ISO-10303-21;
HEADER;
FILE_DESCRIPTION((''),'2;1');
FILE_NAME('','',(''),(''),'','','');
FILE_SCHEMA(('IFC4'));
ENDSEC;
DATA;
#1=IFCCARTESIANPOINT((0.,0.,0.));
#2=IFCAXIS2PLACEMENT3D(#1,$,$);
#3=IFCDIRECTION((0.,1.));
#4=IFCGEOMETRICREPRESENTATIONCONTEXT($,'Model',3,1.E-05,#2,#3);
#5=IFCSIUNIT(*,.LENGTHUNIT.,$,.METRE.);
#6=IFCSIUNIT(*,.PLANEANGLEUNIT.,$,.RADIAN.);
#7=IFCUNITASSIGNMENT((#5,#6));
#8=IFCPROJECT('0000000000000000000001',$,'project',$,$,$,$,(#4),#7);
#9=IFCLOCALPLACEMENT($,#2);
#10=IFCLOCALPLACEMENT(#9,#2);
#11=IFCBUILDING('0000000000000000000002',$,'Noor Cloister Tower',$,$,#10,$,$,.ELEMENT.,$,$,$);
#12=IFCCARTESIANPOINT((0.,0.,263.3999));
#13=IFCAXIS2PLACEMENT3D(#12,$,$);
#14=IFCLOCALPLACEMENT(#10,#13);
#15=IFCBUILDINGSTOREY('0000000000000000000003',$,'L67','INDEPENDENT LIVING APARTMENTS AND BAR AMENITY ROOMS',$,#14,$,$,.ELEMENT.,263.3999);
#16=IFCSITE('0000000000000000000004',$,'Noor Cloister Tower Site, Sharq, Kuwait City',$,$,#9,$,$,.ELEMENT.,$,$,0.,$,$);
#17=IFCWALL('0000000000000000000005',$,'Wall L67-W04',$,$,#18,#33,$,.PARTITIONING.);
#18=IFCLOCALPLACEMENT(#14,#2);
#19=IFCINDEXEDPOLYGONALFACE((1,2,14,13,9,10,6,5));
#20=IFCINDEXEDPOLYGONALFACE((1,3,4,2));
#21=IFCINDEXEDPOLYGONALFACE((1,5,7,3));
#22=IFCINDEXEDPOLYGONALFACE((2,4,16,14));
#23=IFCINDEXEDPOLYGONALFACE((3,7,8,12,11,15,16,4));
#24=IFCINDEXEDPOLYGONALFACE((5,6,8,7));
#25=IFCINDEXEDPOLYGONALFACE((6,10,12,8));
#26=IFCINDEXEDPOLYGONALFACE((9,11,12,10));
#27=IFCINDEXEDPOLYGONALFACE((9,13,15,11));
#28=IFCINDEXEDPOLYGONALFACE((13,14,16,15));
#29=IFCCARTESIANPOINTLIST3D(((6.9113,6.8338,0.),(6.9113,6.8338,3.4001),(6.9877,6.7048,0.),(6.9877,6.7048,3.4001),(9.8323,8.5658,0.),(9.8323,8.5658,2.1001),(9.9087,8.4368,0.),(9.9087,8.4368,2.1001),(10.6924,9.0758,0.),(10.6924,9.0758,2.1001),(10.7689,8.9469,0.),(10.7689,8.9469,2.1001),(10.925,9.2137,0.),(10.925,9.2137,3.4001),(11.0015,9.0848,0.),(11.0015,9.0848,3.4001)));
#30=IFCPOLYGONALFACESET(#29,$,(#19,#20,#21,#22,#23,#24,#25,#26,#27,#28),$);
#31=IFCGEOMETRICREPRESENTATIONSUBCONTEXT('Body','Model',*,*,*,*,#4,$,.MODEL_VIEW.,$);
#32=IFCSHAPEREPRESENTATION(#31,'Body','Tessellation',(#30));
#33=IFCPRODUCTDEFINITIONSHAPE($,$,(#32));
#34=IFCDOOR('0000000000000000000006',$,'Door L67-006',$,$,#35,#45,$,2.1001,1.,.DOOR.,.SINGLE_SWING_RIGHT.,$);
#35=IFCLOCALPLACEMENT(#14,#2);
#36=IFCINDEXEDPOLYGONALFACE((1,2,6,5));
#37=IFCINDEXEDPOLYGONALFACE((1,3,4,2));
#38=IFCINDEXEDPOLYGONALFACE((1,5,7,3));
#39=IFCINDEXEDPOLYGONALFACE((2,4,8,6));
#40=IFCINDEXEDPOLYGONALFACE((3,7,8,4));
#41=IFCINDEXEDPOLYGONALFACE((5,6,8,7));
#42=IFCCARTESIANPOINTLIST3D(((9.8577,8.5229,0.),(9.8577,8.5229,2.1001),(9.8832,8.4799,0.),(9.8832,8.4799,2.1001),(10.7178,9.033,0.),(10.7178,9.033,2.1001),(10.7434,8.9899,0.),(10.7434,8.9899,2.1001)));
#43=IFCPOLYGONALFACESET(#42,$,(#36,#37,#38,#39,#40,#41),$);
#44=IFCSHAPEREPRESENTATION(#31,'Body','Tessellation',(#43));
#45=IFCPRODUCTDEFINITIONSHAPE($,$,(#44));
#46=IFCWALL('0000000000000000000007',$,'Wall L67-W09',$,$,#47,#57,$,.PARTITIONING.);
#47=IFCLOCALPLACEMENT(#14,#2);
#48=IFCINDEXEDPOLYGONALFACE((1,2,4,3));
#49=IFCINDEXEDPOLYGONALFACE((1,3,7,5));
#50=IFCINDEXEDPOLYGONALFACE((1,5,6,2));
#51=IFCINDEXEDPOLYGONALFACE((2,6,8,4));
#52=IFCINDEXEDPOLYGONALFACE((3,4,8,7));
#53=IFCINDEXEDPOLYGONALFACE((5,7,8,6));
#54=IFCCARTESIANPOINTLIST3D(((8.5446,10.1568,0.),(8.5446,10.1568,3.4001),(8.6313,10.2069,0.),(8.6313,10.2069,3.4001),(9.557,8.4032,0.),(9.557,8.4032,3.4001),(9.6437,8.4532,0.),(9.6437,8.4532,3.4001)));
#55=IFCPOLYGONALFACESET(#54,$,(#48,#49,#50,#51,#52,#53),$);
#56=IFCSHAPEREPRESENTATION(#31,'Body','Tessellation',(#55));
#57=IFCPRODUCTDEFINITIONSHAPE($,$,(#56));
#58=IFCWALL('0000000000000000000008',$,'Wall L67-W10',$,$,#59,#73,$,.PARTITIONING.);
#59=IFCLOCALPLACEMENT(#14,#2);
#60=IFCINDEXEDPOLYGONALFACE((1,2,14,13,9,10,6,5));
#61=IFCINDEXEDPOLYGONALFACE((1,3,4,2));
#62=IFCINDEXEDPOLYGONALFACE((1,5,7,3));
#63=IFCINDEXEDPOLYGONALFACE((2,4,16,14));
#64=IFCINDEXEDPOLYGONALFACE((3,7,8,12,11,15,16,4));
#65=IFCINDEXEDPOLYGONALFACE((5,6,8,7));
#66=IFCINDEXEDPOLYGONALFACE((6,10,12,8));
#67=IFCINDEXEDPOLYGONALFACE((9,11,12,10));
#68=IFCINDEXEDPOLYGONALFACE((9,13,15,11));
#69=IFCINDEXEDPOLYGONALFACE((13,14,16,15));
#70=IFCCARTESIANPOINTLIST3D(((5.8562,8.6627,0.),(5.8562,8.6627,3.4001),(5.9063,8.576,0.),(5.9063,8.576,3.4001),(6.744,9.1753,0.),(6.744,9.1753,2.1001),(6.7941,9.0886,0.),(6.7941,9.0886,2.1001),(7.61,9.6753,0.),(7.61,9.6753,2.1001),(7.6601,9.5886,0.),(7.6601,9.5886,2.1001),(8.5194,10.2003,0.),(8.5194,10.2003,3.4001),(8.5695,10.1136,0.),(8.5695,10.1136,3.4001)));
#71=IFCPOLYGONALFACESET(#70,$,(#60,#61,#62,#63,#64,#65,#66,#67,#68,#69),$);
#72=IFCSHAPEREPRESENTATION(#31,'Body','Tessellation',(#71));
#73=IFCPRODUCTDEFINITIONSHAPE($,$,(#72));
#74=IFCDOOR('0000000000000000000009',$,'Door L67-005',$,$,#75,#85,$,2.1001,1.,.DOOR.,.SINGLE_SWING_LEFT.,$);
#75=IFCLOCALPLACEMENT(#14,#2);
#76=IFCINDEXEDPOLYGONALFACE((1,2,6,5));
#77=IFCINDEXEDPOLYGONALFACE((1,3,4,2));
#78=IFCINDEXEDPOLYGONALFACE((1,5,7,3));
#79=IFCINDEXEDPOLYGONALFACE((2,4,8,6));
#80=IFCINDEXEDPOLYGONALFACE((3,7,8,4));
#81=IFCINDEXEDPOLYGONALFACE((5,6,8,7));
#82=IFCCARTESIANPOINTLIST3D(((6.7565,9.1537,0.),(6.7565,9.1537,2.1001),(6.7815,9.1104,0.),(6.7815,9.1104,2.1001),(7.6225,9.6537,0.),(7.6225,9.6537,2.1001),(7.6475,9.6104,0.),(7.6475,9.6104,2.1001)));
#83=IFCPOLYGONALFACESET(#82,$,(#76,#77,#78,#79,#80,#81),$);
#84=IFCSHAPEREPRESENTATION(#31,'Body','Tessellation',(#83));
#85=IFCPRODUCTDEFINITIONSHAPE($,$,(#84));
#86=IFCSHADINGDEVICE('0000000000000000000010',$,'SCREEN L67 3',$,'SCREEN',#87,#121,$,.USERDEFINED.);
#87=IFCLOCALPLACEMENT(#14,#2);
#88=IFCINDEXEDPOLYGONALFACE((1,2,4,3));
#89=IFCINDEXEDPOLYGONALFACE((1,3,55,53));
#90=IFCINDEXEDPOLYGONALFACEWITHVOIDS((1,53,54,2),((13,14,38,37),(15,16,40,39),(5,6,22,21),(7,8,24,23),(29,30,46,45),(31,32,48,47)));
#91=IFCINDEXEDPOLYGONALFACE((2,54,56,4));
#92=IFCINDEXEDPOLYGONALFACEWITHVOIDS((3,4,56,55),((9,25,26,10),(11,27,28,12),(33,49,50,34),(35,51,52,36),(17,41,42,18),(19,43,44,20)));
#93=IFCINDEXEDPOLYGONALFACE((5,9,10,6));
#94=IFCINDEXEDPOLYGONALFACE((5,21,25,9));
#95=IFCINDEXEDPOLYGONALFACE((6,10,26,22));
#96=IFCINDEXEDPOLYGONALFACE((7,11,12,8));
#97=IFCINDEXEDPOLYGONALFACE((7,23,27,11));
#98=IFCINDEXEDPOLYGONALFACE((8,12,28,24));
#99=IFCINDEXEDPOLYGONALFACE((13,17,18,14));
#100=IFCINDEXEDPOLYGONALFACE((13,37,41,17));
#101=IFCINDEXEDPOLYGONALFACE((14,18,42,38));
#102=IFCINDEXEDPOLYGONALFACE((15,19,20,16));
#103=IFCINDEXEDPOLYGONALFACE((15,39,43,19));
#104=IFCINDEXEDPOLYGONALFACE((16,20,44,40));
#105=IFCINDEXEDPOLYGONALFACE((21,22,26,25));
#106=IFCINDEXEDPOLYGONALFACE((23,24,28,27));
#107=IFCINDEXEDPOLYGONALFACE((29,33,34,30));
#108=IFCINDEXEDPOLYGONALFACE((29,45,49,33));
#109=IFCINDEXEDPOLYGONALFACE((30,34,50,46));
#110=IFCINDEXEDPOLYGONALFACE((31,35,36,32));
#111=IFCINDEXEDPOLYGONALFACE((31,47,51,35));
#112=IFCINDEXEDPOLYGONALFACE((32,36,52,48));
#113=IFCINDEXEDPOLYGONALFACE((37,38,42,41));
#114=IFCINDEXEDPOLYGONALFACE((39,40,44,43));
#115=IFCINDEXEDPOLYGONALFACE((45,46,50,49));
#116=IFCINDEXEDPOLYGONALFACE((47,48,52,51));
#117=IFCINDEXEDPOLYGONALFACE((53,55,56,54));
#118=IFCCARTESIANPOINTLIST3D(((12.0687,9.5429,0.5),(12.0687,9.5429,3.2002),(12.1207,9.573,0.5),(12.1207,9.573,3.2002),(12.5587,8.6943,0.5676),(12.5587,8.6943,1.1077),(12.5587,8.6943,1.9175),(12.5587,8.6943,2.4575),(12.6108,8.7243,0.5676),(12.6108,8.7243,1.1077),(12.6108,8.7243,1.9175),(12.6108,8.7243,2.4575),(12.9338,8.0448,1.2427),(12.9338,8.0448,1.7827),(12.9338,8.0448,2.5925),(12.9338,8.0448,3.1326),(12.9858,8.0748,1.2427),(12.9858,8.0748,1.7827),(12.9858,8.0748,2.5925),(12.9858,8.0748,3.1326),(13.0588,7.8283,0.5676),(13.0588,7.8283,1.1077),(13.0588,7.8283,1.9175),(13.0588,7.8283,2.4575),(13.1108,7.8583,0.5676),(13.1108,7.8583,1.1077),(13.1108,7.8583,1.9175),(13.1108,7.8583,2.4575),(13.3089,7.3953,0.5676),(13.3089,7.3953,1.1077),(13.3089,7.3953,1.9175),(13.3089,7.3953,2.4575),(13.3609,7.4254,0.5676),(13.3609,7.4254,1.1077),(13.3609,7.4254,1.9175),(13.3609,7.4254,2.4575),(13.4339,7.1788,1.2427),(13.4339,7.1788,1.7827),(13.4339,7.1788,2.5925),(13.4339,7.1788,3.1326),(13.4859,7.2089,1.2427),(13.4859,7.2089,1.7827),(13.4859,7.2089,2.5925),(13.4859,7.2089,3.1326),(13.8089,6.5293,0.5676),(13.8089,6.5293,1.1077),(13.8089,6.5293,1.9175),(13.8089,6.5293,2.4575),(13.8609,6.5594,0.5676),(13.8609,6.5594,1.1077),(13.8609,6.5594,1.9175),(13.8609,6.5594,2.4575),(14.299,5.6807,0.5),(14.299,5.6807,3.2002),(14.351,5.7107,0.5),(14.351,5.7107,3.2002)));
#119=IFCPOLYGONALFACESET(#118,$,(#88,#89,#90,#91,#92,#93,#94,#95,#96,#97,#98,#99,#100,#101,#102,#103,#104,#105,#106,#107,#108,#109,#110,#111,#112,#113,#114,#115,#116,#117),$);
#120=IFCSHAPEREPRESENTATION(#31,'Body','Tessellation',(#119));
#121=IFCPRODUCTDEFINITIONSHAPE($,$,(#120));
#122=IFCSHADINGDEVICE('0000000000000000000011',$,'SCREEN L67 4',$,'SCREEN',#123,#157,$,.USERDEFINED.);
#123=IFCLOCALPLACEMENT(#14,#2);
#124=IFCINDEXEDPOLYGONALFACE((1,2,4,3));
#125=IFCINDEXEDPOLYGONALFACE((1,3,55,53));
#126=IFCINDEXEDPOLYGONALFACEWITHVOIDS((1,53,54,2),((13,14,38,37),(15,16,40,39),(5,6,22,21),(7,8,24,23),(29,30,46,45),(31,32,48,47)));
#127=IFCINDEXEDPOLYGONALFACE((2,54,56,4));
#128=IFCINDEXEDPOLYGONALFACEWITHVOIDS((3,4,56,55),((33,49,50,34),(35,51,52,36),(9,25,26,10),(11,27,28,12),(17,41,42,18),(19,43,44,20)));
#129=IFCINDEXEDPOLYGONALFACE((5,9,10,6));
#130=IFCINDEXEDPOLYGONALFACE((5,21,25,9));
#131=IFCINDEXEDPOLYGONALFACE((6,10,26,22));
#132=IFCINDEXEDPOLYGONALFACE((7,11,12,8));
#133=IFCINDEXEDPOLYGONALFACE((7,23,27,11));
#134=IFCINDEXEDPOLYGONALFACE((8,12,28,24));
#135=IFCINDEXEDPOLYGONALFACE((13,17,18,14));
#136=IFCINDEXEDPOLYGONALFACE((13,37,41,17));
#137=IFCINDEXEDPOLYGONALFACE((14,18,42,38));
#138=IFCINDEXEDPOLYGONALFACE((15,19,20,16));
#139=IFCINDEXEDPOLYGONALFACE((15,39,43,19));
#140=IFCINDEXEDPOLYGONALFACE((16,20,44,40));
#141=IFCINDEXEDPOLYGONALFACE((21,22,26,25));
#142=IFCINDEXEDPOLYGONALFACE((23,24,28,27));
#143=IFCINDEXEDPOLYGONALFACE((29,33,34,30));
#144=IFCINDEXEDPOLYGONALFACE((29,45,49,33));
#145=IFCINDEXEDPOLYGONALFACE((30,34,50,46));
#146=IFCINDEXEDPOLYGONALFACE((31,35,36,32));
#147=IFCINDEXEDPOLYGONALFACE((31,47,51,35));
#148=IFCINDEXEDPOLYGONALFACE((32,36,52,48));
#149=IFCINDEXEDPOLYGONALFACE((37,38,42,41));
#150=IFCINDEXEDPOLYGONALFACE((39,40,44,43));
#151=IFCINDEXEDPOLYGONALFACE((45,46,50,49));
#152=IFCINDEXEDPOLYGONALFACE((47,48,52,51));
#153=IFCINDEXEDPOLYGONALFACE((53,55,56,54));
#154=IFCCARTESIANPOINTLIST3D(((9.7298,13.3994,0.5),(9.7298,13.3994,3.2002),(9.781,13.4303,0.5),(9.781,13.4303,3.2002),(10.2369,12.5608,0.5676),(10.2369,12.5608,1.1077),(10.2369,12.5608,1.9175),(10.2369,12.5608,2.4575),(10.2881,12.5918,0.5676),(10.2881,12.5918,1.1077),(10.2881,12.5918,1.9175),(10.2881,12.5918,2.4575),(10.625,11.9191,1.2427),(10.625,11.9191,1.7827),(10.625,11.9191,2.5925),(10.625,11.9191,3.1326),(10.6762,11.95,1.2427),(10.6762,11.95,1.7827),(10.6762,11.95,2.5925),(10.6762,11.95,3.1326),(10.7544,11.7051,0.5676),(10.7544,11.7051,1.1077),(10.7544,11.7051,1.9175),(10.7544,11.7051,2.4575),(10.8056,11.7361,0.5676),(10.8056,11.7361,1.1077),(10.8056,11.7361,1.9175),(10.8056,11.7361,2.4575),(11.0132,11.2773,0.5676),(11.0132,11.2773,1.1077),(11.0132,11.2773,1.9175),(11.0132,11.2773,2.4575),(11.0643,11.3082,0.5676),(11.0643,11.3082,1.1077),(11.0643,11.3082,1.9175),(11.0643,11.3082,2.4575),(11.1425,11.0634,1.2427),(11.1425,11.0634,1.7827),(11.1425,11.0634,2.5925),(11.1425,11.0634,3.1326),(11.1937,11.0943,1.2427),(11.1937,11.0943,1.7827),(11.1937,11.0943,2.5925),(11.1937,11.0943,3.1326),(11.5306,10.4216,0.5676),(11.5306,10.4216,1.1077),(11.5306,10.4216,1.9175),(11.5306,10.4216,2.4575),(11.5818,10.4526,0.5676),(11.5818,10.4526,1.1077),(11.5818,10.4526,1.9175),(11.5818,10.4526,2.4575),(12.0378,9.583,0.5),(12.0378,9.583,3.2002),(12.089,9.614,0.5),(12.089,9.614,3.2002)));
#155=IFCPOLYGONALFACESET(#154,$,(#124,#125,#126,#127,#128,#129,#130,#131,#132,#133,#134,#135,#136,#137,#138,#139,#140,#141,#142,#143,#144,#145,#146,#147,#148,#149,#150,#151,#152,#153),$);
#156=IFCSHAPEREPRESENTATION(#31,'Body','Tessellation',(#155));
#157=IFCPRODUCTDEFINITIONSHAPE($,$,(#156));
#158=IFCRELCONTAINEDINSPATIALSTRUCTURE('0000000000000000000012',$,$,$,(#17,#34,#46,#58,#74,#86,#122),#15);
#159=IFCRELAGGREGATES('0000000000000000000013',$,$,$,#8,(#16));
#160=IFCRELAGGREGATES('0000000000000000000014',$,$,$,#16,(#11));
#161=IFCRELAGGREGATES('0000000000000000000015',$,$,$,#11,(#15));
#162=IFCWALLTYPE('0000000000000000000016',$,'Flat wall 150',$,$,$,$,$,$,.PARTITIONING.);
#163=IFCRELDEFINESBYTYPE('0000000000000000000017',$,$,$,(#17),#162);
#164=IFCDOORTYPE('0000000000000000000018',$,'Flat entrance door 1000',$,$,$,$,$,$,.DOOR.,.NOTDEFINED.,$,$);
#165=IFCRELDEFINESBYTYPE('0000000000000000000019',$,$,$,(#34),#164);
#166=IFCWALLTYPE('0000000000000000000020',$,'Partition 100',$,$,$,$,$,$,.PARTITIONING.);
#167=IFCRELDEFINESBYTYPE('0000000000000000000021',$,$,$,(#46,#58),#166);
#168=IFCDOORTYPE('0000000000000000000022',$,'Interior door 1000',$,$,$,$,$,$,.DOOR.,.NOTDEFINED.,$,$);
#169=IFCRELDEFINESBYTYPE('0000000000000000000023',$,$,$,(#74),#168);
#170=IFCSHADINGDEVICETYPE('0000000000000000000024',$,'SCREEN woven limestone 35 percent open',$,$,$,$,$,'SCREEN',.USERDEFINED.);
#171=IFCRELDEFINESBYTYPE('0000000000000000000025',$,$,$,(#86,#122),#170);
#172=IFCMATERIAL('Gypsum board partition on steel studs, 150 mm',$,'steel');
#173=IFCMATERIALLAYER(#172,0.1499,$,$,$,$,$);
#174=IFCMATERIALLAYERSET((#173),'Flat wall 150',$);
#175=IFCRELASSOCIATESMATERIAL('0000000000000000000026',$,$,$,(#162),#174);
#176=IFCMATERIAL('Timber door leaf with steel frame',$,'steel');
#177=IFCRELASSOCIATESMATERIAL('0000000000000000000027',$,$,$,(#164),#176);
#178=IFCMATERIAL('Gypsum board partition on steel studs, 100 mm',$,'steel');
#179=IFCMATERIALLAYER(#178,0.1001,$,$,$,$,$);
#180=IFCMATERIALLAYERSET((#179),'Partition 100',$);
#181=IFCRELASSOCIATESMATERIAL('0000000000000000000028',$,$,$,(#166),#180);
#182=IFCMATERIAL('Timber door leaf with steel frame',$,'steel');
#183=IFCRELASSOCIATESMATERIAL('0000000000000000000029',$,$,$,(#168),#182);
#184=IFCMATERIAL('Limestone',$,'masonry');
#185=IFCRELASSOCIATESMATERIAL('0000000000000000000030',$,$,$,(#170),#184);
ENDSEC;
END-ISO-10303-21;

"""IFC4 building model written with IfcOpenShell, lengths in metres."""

from ifc_helpers import new_model, si_unit, direction, frame, frame_2d, origin, place, context, subcontext, project, spatial, polyline, rectangle, outline, extrude, material, layer, layer_set, material_profile, profile_set, type_object, element, fill, save


model = new_model("IFC4")

# Units and contexts
model_context = context("Model", 3, precision=1e-05, world=origin(), true_north=direction((0.0, 1.0)))
body_context = subcontext(model_context, "Body", "Model", "MODEL_VIEW")
ifc_project = project(units=[si_unit("LENGTHUNIT", "METRE"), si_unit("PLANEANGLEUNIT", "RADIAN")], contexts=[model_context])

# Site, building, storey
site_placement = place(None, origin())
site = spatial("IfcSite", under=ifc_project, at=site_placement, Name="Noor Cloister Tower Site, Sharq, Kuwait City", CompositionType="ELEMENT", RefElevation=0.0)
building_placement = place(site_placement, origin())
building = spatial("IfcBuilding", under=site, at=building_placement, Name="Noor Cloister Tower", CompositionType="ELEMENT")
storey_placement = place(building_placement, frame((0.0, 0.0, 263.3999)))
storey = spatial("IfcBuildingStorey", under=building, at=storey_placement, Name="L67", Description="INDEPENDENT LIVING APARTMENTS AND BAR AMENITY ROOMS", CompositionType="ELEMENT", Elevation=263.3999)

# Wall, opening, door
ifc_material_1 = material(Name="Gypsum board partition on steel studs, 150 mm", Category="steel")
ifc_layer_1 = layer(ifc_material_1, 0.1499)
ifc_layer_set_1 = layer_set([ifc_layer_1], Name="Flat wall 150")
wall_type_1 = type_object("IfcWallType", Name="Flat wall 150", PredefinedType="PARTITIONING", material=ifc_layer_set_1)
wall_1_placement = place(storey_placement, frame((10.9631, 9.1492, 0.0), z_axis=(0.0, 0.0, 1.0), x_axis=(-0.860159, -0.510026, 0.0)))
wall_1 = element("IfcWall", 1, at=wall_1_placement, inside=storey, type_object=wall_type_1, Name="Wall L67-W04", PredefinedType="PARTITIONING", context=body_context, shape_type="SweptSolid", body=[
    extrude(rectangle(XDim=4.6663, YDim=0.1499, at=frame_2d((2.333, 0.0))), origin(), (0.0, 0.0, 1.0), 3.4001),
])
opening_1_placement = place(wall_1_placement, frame((0.2703, 0.0, 0.0)))
opening_1 = element("IfcOpeningElement", 2, at=opening_1_placement, cuts=wall_1, PredefinedType="OPENING", context=body_context, shape_type="SweptSolid", body=[
    extrude(rectangle(XDim=1.0, YDim=2.1001, at=frame_2d((0.5, 1.05))), frame((0.0, 0.085, 0.0), z_axis=(0.0, -1.0, 0.0), x_axis=(1.0, 0.0, 0.0)), (0.0, 0.0, 1.0), 0.1699),
])
ifc_material_2 = material(Name="Timber door leaf with steel frame", Category="steel")
door_type_1 = type_object("IfcDoorType", Name="Flat entrance door 1000", OperationType="NOTDEFINED", PredefinedType="DOOR", material=ifc_material_2)
door_1_placement = place(opening_1_placement, origin())
door_1 = element("IfcDoor", 3, at=door_1_placement, inside=storey, type_object=door_type_1, Name="Door L67-006", OperationType="SINGLE_SWING_RIGHT", OverallHeight=2.1001, OverallWidth=1.0, PredefinedType="DOOR", context=body_context, shape_type="SweptSolid", body=[
    extrude(rectangle(XDim=1.0, YDim=2.1001, at=frame_2d((0.5, 1.05))), frame((0.0, 0.0249, 0.0), z_axis=(0.0, -1.0, 0.0), x_axis=(1.0, 0.0, 0.0)), (0.0, 0.0, 1.0), 0.05),
])
fill(opening_1, door_1)

# Wall
ifc_material_3 = material(Name="Gypsum board partition on steel studs, 100 mm", Category="steel")
ifc_layer_2 = layer(ifc_material_3, 0.1001)
ifc_layer_set_2 = layer_set([ifc_layer_2], Name="Partition 100")
wall_type_2 = type_object("IfcWallType", Name="Partition 100", PredefinedType="PARTITIONING", material=ifc_layer_set_2)
wall_2_placement = place(storey_placement, frame((9.6003, 8.4282, 0.0), z_axis=(0.0, 0.0, 1.0), x_axis=(-0.49999, 0.866031, 0.0)))
element("IfcWall", 4, at=wall_2_placement, inside=storey, type_object=wall_type_2, Name="Wall L67-W09", PredefinedType="PARTITIONING", context=body_context, shape_type="SweptSolid", body=[
    extrude(rectangle(XDim=2.0249, YDim=0.1001, at=frame_2d((1.0125, 0.0))), origin(), (0.0, 0.0, 1.0), 3.4001),
])

# Wall, opening, door
wall_3_placement = place(storey_placement, frame((8.5444, 10.157, 0.0), z_axis=(0.0, 0.0, 1.0), x_axis=(-0.866016, -0.500016, 0.0)))
wall_3 = element("IfcWall", 5, at=wall_3_placement, inside=storey, type_object=wall_type_2, Name="Wall L67-W10", PredefinedType="PARTITIONING", context=body_context, shape_type="SweptSolid", body=[
    extrude(rectangle(XDim=3.0752, YDim=0.1001, at=frame_2d((1.5376, 0.0))), origin(), (0.0, 0.0, 1.0), 3.4001),
])
opening_2_placement = place(wall_3_placement, frame((1.05, 0.0, 0.0)))
opening_2 = element("IfcOpeningElement", 6, at=opening_2_placement, cuts=wall_3, PredefinedType="OPENING", context=body_context, shape_type="SweptSolid", body=[
    extrude(rectangle(XDim=1.0, YDim=2.1001, at=frame_2d((0.5, 1.05))), frame((0.0, 0.0601, 0.0), z_axis=(0.0, -1.0, 0.0), x_axis=(1.0, 0.0, 0.0)), (0.0, 0.0, 1.0), 0.1201),
])
ifc_material_4 = material(Name="Timber door leaf with steel frame", Category="steel")
door_type_2 = type_object("IfcDoorType", Name="Interior door 1000", OperationType="NOTDEFINED", PredefinedType="DOOR", material=ifc_material_4)
door_2_placement = place(opening_2_placement, origin())
door_2 = element("IfcDoor", 7, at=door_2_placement, inside=storey, type_object=door_type_2, Name="Door L67-005", OperationType="SINGLE_SWING_LEFT", OverallHeight=2.1001, OverallWidth=1.0, PredefinedType="DOOR", context=body_context, shape_type="SweptSolid", body=[
    extrude(rectangle(XDim=1.0, YDim=2.1001, at=frame_2d((0.5, 1.05))), frame((0.0, 0.0249, 0.0), z_axis=(0.0, -1.0, 0.0), x_axis=(1.0, 0.0, 0.0)), (0.0, 0.0, 1.0), 0.05),
])
fill(opening_2, door_2)

# Shading devices
ifc_material_5 = material(Name="Limestone", Category="masonry")
ifc_material_profile_1 = material_profile(ifc_material_5, outline(polyline([(-2.23, -1.3501), (2.23, -1.3501), (2.23, 1.3501), (-2.23, 1.3501), (-2.23, -1.3501)]), holes=[polyline([(-1.25, -1.2825), (-0.25, -1.2825), (-0.25, -0.7424), (-1.25, -0.7424), (-1.25, -1.2825)]), polyline([(0.25, -1.2825), (1.25, -1.2825), (1.25, -0.7424), (0.25, -0.7424), (0.25, -1.2825)]), polyline([(-0.5, -0.6074), (0.5, -0.6074), (0.5, -0.0674), (-0.5, -0.0674), (-0.5, -0.6074)]), polyline([(-1.25, 0.0674), (-0.25, 0.0674), (-0.25, 0.6074), (-1.25, 0.6074), (-1.25, 0.0674)]), polyline([(0.25, 0.0674), (1.25, 0.0674), (1.25, 0.6074), (0.25, 0.6074), (0.25, 0.0674)]), polyline([(-0.5, 0.7424), (0.5, 0.7424), (0.5, 1.2825), (-0.5, 1.2825), (-0.5, 0.7424)])]), Name="Woven screen 35 percent open")
ifc_profile_set_1 = profile_set([ifc_material_profile_1], Name="Limestone")
shading_device_type = type_object("IfcShadingDeviceType", Name="SCREEN woven limestone 35 percent open", ElementType="SCREEN", PredefinedType="USERDEFINED", material=ifc_profile_set_1)
shading_device_placement = place(storey_placement, frame((13.1838, 7.6118, 1.8501), z_axis=(0.865982, 0.500074, 0.0), x_axis=(-0.500074, 0.865982, 0.0)))
element("IfcShadingDevice", 8, at=shading_device_placement, inside=storey, type_object=shading_device_type, Name="SCREEN L67 3", ObjectType="SCREEN", PredefinedType="USERDEFINED", context=body_context, shape_type="SweptSolid", body=[
    extrude(outline(polyline([(-2.23, -1.3501), (2.23, -1.3501), (2.23, 1.3501), (-2.23, 1.3501), (-2.23, -1.3501)]), holes=[polyline([(-1.25, -1.2825), (-0.25, -1.2825), (-0.25, -0.7424), (-1.25, -0.7424), (-1.25, -1.2825)]), polyline([(0.25, -1.2825), (1.25, -1.2825), (1.25, -0.7424), (0.25, -0.7424), (0.25, -1.2825)]), polyline([(-0.5, -0.6074), (0.5, -0.6074), (0.5, -0.0674), (-0.5, -0.0674), (-0.5, -0.6074)]), polyline([(-1.25, 0.0674), (-0.25, 0.0674), (-0.25, 0.6074), (-1.25, 0.6074), (-1.25, 0.0674)]), polyline([(0.25, 0.0674), (1.25, 0.0674), (1.25, 0.6074), (0.25, 0.6074), (0.25, 0.0674)]), polyline([(-0.5, 0.7424), (0.5, 0.7424), (0.5, 1.2825), (-0.5, 1.2825), (-0.5, 0.7424)])]), origin(), (0.0, 0.0, 1.0), 0.0601),
])
for number, where, z_axis, x_axis, name in (
    (9, (10.8838, 11.4912, 1.8501), (0.85569, 0.517489, 0.0), (-0.517489, 0.85569, 0.0), "SCREEN L67 4"),
):
    element("IfcShadingDevice", number, at=place(storey_placement, frame(where, z_axis=z_axis, x_axis=x_axis)), inside=storey, type_object=shading_device_type, Name=name, ObjectType="SCREEN", PredefinedType="USERDEFINED", context=body_context, shape_type="SweptSolid", body=[
        extrude(outline(polyline([(-2.23, -1.3501), (2.23, -1.3501), (2.23, 1.3501), (-2.23, 1.3501), (-2.23, -1.3501)]), holes=[polyline([(-1.25, -1.2825), (-0.25, -1.2825), (-0.25, -0.7424), (-1.25, -0.7424), (-1.25, -1.2825)]), polyline([(0.25, -1.2825), (1.25, -1.2825), (1.25, -0.7424), (0.25, -0.7424), (0.25, -1.2825)]), polyline([(-0.5, -0.6074), (0.5, -0.6074), (0.5, -0.0674), (-0.5, -0.0674), (-0.5, -0.6074)]), polyline([(-1.25, 0.0674), (-0.25, 0.0674), (-0.25, 0.6074), (-1.25, 0.6074), (-1.25, 0.0674)]), polyline([(0.25, 0.0674), (1.25, 0.0674), (1.25, 0.6074), (0.25, 0.6074), (0.25, 0.0674)]), polyline([(-0.5, 0.7424), (0.5, 0.7424), (0.5, 1.2825), (-0.5, 1.2825), (-0.5, 0.7424)])]), origin(), (0.0, 0.0, 1.0), 0.0598),
    ])

save(model, "model.ifc")
